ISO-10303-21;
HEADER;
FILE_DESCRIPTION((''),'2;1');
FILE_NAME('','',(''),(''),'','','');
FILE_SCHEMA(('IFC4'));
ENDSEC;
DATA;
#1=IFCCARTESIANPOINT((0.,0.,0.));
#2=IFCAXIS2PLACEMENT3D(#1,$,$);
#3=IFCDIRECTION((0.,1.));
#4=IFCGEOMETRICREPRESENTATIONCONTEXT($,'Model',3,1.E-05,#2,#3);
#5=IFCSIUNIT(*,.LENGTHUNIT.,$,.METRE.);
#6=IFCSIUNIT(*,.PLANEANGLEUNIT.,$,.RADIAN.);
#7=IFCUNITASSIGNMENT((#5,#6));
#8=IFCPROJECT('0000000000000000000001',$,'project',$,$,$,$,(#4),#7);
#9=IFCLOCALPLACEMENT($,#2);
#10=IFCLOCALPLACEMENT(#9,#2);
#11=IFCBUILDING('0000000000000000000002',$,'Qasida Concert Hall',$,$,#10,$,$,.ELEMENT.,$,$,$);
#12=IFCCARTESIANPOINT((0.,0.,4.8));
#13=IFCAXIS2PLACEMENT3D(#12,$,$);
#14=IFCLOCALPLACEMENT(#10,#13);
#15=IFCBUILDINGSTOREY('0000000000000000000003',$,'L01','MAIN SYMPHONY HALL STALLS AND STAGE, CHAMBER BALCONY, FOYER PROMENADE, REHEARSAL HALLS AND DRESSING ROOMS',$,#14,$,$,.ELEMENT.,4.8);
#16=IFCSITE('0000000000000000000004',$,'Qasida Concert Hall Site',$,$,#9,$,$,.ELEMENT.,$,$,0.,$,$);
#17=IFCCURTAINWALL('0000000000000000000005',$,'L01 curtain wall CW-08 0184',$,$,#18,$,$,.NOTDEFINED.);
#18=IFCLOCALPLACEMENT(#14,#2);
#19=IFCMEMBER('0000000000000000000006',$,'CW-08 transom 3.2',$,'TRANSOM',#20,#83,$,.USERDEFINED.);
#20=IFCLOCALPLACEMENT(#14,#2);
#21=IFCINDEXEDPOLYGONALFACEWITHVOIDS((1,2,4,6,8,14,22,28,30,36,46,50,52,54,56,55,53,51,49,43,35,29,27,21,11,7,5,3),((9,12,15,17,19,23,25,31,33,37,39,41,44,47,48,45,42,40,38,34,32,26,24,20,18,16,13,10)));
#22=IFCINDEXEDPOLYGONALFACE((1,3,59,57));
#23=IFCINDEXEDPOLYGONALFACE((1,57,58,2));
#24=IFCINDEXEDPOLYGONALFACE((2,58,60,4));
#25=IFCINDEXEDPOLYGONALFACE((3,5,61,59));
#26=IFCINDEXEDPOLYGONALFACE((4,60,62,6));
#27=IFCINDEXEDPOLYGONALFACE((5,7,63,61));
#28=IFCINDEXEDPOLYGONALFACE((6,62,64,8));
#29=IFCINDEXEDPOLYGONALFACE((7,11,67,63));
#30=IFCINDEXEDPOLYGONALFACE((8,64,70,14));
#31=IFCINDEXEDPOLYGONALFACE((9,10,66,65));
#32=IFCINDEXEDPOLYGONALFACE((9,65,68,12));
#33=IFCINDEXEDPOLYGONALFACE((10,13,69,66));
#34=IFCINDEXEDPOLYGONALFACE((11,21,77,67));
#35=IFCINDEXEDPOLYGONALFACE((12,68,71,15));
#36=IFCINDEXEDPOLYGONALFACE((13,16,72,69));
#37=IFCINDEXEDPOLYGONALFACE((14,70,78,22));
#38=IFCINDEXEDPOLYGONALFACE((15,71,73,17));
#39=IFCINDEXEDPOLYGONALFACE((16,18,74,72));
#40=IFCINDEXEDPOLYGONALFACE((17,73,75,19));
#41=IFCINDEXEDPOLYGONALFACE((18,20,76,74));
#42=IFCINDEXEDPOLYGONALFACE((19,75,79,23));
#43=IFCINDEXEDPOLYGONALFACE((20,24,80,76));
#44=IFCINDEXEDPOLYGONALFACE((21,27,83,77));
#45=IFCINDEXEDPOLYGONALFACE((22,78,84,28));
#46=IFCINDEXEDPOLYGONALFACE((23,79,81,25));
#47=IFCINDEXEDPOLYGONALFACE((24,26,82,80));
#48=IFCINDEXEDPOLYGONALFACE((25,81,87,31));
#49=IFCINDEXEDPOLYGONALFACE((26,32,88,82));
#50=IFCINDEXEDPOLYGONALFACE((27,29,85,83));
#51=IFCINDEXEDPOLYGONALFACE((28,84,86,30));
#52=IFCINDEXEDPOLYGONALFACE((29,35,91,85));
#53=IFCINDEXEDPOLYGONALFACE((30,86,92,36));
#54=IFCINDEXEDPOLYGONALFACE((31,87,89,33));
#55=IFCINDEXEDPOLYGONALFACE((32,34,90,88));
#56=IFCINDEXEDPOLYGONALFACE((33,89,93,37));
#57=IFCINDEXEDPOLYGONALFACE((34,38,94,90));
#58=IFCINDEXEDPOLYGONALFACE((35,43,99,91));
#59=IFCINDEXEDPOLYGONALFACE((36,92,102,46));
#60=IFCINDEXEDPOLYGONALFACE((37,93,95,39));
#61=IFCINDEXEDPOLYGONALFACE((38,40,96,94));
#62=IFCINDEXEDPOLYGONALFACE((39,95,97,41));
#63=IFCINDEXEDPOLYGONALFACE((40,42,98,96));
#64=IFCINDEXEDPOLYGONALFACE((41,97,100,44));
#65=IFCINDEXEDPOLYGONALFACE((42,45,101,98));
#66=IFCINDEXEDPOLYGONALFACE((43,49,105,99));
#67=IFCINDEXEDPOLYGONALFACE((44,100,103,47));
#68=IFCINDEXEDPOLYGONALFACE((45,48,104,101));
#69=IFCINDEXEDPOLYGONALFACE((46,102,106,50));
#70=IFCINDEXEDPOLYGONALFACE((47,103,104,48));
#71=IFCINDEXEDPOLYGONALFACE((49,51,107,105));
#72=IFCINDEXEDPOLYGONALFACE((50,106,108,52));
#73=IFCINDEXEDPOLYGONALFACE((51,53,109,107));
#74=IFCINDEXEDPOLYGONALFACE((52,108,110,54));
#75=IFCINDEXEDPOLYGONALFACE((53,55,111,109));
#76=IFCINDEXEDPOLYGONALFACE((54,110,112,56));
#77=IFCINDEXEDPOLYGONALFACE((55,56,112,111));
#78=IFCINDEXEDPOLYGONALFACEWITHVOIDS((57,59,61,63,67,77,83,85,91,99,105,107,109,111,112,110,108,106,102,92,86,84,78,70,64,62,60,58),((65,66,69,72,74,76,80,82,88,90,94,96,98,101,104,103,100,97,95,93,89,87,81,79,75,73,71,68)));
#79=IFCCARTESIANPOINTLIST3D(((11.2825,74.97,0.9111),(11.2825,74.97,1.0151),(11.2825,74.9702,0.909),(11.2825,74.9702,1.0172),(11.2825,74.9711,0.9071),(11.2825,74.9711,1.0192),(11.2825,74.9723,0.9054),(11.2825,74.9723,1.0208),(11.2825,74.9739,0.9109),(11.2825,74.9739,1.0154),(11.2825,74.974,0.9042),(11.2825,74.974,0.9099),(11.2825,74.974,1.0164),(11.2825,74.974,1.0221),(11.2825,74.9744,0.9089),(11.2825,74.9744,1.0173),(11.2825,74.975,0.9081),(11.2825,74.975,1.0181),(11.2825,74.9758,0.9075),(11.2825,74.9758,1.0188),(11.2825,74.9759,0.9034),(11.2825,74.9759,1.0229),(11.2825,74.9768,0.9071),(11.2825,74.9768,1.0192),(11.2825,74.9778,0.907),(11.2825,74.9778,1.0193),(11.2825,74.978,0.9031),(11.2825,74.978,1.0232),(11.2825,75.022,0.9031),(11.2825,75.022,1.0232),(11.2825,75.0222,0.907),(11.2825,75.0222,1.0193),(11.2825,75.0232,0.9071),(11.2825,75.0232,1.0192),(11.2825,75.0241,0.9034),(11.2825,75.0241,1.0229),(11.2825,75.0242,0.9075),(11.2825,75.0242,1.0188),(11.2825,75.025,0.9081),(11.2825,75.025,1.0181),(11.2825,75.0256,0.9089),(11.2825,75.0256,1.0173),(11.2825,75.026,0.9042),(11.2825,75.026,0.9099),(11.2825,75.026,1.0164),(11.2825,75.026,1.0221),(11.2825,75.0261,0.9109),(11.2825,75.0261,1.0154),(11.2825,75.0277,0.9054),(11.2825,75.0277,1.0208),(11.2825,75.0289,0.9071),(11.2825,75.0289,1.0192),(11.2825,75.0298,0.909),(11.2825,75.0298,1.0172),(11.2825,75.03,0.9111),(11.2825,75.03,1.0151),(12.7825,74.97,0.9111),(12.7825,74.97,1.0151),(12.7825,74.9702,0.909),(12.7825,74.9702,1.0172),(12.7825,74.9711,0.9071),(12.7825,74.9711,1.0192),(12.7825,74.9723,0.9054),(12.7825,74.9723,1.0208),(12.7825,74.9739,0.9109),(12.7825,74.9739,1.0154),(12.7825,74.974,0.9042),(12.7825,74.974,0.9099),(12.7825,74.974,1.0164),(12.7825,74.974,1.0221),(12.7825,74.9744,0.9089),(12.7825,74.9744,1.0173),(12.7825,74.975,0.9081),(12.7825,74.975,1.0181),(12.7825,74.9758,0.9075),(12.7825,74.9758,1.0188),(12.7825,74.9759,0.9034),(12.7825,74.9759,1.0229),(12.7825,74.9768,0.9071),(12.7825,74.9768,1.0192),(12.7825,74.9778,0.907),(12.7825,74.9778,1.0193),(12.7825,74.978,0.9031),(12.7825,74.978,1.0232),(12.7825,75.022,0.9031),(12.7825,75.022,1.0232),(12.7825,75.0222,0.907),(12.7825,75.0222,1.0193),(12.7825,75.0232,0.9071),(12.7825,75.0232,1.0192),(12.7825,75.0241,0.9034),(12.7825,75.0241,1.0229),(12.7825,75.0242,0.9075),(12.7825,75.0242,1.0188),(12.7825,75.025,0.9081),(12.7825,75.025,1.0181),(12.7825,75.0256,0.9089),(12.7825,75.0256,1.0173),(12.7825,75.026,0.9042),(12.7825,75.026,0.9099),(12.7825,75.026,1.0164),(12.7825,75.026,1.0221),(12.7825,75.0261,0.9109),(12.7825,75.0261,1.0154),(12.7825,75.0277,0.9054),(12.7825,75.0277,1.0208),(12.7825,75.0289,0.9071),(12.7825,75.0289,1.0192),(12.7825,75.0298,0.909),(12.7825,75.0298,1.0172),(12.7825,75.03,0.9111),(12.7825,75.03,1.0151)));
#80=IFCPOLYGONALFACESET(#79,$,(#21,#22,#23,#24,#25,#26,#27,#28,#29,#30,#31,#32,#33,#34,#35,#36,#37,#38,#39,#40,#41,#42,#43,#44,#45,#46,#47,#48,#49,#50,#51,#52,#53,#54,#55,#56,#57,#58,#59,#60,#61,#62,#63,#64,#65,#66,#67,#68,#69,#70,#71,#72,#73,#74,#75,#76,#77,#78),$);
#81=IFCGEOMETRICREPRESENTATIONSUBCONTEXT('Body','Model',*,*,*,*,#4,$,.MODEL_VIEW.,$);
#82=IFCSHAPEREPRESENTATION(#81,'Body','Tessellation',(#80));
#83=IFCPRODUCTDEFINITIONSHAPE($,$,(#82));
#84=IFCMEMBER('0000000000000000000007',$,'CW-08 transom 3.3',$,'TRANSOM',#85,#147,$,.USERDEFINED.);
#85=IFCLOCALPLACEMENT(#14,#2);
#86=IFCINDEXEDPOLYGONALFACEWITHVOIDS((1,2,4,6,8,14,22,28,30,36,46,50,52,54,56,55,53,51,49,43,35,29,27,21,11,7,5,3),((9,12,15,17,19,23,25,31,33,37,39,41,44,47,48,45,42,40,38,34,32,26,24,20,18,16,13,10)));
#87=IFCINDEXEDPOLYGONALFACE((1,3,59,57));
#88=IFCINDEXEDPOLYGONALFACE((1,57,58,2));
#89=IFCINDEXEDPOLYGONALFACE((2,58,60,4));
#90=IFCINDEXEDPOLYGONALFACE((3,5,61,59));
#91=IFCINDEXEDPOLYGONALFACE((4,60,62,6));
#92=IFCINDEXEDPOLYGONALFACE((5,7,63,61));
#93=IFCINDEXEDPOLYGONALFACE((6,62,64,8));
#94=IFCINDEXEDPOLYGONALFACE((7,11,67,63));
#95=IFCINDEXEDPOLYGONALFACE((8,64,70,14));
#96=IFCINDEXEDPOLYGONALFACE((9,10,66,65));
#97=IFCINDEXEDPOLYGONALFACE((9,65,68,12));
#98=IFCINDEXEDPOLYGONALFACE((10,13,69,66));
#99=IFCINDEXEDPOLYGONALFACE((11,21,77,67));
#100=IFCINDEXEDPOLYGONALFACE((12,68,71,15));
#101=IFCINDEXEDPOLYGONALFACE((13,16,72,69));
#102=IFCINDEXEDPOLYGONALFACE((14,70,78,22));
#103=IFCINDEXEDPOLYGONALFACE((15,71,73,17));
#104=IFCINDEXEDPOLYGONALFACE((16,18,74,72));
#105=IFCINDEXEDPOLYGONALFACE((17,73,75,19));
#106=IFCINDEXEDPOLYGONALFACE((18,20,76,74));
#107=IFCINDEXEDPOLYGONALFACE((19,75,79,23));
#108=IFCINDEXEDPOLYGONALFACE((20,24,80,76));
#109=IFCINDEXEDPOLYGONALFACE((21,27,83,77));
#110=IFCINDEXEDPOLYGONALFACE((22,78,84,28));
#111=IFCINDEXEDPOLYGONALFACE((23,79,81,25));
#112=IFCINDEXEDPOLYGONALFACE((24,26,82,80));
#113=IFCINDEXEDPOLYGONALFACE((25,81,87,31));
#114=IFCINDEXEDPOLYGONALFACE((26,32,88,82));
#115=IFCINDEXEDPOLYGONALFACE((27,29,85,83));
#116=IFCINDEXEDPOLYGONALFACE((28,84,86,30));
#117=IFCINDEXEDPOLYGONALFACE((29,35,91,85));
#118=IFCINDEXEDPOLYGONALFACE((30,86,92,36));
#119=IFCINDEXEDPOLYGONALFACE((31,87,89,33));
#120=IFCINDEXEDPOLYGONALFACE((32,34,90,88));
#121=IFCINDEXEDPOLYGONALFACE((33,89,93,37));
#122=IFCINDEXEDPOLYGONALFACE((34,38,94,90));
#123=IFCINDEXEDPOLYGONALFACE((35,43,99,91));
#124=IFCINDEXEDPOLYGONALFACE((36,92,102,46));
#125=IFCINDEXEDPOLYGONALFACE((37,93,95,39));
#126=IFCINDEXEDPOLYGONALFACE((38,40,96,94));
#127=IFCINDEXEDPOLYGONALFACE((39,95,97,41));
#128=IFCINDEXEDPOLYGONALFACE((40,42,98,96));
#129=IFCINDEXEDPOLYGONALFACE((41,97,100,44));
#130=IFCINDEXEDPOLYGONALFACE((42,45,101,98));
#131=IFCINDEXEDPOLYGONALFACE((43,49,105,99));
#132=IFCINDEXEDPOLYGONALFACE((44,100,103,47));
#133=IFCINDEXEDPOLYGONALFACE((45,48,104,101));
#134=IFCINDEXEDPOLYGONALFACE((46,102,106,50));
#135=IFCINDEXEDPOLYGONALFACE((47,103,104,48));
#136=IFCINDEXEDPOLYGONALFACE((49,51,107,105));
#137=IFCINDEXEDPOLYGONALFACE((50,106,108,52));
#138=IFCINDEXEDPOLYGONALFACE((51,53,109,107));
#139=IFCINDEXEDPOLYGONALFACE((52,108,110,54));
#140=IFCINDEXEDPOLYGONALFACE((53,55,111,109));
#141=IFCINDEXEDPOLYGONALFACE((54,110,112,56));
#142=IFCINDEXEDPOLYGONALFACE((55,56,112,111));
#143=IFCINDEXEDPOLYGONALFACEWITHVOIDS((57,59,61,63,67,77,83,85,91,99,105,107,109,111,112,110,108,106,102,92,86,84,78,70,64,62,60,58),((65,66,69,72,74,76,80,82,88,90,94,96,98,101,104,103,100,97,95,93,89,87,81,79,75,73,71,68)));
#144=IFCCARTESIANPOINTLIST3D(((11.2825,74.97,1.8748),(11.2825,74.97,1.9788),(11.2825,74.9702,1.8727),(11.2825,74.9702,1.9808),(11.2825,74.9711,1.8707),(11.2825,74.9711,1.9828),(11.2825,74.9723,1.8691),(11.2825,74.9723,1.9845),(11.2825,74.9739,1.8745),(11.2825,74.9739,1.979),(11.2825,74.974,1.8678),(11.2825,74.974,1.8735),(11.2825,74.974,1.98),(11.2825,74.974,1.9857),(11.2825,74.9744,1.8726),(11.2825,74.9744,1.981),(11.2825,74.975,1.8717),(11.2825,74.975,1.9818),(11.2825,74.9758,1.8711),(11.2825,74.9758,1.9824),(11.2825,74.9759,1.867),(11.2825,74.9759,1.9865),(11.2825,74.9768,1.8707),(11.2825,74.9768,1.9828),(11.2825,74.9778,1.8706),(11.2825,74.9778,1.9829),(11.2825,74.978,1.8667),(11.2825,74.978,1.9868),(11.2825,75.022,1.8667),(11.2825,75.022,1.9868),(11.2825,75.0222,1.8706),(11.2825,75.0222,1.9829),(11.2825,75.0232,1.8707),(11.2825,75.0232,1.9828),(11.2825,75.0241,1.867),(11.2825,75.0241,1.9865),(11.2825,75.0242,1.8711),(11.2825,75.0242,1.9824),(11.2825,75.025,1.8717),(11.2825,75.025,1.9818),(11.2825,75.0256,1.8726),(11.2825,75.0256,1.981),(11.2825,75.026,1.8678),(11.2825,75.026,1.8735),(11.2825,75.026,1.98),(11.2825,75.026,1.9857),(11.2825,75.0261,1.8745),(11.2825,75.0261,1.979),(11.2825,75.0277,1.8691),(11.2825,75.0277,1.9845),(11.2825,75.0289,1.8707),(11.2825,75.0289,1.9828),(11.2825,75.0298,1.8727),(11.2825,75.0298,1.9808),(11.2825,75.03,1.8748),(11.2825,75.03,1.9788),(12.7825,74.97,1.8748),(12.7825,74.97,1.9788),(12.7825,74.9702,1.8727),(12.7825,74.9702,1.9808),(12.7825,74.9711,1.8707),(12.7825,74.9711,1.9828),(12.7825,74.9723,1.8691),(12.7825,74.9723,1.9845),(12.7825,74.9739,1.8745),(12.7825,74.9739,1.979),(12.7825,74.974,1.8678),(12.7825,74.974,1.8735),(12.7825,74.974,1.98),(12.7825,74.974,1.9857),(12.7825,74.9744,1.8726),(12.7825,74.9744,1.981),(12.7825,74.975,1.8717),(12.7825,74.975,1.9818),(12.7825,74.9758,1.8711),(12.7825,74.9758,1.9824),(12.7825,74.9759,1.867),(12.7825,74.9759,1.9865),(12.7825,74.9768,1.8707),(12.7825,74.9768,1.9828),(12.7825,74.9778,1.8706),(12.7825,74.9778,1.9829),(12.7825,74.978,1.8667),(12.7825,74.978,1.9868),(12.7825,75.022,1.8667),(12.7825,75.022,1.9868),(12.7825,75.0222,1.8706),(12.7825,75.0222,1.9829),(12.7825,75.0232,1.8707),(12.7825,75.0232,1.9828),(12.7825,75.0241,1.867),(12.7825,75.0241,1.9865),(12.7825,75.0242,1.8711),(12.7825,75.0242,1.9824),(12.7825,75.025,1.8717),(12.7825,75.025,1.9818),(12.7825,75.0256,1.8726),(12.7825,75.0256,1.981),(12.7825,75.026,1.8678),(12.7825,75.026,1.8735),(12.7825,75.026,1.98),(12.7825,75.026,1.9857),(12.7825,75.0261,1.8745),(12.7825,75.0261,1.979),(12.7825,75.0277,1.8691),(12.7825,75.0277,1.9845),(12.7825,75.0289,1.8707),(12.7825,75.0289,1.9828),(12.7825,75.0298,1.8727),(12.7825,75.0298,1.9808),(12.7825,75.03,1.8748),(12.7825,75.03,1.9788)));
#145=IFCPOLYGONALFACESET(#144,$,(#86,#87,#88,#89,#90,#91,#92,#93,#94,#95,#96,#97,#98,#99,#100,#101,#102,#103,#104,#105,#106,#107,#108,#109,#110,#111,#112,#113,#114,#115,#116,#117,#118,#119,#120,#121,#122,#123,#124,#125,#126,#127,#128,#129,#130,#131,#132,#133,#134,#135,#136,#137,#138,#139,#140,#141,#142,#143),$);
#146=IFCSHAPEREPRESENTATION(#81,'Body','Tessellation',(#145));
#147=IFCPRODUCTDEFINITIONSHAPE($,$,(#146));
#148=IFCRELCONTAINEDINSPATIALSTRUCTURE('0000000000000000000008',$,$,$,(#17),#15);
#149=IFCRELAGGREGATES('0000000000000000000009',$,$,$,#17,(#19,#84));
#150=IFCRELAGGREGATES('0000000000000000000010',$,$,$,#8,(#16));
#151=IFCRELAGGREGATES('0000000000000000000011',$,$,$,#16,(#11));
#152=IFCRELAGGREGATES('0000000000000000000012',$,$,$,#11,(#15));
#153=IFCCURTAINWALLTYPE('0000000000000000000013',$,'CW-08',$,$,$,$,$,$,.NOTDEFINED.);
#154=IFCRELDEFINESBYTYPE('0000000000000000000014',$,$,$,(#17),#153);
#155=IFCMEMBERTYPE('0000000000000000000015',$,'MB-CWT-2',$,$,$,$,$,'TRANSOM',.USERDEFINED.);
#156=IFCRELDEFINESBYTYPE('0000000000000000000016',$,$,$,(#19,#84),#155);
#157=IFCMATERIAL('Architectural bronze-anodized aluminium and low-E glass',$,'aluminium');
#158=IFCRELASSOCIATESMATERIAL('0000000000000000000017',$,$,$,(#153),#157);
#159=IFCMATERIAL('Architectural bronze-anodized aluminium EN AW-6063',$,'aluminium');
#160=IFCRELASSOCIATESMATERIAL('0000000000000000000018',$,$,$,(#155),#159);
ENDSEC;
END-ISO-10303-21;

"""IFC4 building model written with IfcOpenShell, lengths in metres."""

from ifc_helpers import new_model, si_unit, direction, frame, origin, origin_2d, place, context, subcontext, project, spatial, hollow_rectangle, extrude, material, material_profile, profile_set, type_object, element, aggregate, save


model = new_model("IFC4")

# Units and contexts
model_context = context("Model", 3, precision=1e-05, world=origin(), true_north=direction((0.0, 1.0)))
body_context = subcontext(model_context, "Body", "Model", "MODEL_VIEW")
ifc_project = project(units=[si_unit("LENGTHUNIT", "METRE"), si_unit("PLANEANGLEUNIT", "RADIAN")], contexts=[model_context])

# Site, building, storey
site_placement = place(None, origin())
site = spatial("IfcSite", under=ifc_project, at=site_placement, Name="Qasida Concert Hall Site", CompositionType="ELEMENT", RefElevation=0.0)
building_placement = place(site_placement, origin())
building = spatial("IfcBuilding", under=site, at=building_placement, Name="Qasida Concert Hall", CompositionType="ELEMENT")
storey_placement = place(building_placement, frame((0.0, 0.0, 4.8)))
storey = spatial("IfcBuildingStorey", under=building, at=storey_placement, Name="L01", Description="MAIN SYMPHONY HALL STALLS AND STAGE, CHAMBER BALCONY, FOYER PROMENADE, REHEARSAL HALLS AND DRESSING ROOMS", CompositionType="ELEMENT", Elevation=4.8)

# Curtain wall, members
ifc_material_1 = material(Name="Architectural bronze-anodized aluminium and low-E glass", Category="aluminium")
curtain_wall_type = type_object("IfcCurtainWallType", Name="CW-08", PredefinedType="NOTDEFINED", material=ifc_material_1)
curtain_wall_placement = place(storey_placement, origin())
curtain_wall = element("IfcCurtainWall", 1, at=curtain_wall_placement, inside=storey, type_object=curtain_wall_type, Name="L01 curtain wall CW-08 0184", PredefinedType="NOTDEFINED")
ifc_material_2 = material(Name="Architectural bronze-anodized aluminium EN AW-6063", Category="aluminium")
ifc_material_profile_1 = material_profile(ifc_material_2, hollow_rectangle(XDim=0.0601, YDim=0.1201, WallThickness=0.0039, InnerFilletRadius=0.0039, OuterFilletRadius=0.0081, at=origin_2d()), Name="CWT 120x60x4")
ifc_profile_set_1 = profile_set([ifc_material_profile_1], Name="Architectural bronze-anodized aluminium EN AW-6063")
member_type_1 = type_object("IfcMemberType", Name="MB-CWT-2", ElementType="TRANSOM", PredefinedType="USERDEFINED", material=ifc_profile_set_1)
member_1_placement = place(storey_placement, frame((11.2825, 75.0, 0.9631), z_axis=(1.0, 0.0, 0.0), x_axis=(0.0, 1.0, 0.0)))
member_1 = element("IfcMember", 2, at=member_1_placement, type_object=member_type_1, Name="CW-08 transom 3.2", ObjectType="TRANSOM", PredefinedType="USERDEFINED", context=body_context, shape_type="SweptSolid", body=[
    extrude(hollow_rectangle(XDim=0.0601, YDim=0.1201, WallThickness=0.0039, InnerFilletRadius=0.0039, OuterFilletRadius=0.0081, at=origin_2d()), origin(), (0.0, 0.0, 1.0), 1.5),
])
member_2_placement = place(storey_placement, frame((11.2825, 75.0, 1.9268), z_axis=(1.0, 0.0, 0.0), x_axis=(0.0, 1.0, 0.0)))
member_2 = element("IfcMember", 3, at=member_2_placement, type_object=member_type_1, Name="CW-08 transom 3.3", ObjectType="TRANSOM", PredefinedType="USERDEFINED", context=body_context, shape_type="SweptSolid", body=[
    extrude(hollow_rectangle(XDim=0.0601, YDim=0.1201, WallThickness=0.0039, InnerFilletRadius=0.0039, OuterFilletRadius=0.0081, at=origin_2d()), origin(), (0.0, 0.0, 1.0), 1.5),
])
aggregate(curtain_wall, [member_1, member_2])

save(model, "model.ifc")
